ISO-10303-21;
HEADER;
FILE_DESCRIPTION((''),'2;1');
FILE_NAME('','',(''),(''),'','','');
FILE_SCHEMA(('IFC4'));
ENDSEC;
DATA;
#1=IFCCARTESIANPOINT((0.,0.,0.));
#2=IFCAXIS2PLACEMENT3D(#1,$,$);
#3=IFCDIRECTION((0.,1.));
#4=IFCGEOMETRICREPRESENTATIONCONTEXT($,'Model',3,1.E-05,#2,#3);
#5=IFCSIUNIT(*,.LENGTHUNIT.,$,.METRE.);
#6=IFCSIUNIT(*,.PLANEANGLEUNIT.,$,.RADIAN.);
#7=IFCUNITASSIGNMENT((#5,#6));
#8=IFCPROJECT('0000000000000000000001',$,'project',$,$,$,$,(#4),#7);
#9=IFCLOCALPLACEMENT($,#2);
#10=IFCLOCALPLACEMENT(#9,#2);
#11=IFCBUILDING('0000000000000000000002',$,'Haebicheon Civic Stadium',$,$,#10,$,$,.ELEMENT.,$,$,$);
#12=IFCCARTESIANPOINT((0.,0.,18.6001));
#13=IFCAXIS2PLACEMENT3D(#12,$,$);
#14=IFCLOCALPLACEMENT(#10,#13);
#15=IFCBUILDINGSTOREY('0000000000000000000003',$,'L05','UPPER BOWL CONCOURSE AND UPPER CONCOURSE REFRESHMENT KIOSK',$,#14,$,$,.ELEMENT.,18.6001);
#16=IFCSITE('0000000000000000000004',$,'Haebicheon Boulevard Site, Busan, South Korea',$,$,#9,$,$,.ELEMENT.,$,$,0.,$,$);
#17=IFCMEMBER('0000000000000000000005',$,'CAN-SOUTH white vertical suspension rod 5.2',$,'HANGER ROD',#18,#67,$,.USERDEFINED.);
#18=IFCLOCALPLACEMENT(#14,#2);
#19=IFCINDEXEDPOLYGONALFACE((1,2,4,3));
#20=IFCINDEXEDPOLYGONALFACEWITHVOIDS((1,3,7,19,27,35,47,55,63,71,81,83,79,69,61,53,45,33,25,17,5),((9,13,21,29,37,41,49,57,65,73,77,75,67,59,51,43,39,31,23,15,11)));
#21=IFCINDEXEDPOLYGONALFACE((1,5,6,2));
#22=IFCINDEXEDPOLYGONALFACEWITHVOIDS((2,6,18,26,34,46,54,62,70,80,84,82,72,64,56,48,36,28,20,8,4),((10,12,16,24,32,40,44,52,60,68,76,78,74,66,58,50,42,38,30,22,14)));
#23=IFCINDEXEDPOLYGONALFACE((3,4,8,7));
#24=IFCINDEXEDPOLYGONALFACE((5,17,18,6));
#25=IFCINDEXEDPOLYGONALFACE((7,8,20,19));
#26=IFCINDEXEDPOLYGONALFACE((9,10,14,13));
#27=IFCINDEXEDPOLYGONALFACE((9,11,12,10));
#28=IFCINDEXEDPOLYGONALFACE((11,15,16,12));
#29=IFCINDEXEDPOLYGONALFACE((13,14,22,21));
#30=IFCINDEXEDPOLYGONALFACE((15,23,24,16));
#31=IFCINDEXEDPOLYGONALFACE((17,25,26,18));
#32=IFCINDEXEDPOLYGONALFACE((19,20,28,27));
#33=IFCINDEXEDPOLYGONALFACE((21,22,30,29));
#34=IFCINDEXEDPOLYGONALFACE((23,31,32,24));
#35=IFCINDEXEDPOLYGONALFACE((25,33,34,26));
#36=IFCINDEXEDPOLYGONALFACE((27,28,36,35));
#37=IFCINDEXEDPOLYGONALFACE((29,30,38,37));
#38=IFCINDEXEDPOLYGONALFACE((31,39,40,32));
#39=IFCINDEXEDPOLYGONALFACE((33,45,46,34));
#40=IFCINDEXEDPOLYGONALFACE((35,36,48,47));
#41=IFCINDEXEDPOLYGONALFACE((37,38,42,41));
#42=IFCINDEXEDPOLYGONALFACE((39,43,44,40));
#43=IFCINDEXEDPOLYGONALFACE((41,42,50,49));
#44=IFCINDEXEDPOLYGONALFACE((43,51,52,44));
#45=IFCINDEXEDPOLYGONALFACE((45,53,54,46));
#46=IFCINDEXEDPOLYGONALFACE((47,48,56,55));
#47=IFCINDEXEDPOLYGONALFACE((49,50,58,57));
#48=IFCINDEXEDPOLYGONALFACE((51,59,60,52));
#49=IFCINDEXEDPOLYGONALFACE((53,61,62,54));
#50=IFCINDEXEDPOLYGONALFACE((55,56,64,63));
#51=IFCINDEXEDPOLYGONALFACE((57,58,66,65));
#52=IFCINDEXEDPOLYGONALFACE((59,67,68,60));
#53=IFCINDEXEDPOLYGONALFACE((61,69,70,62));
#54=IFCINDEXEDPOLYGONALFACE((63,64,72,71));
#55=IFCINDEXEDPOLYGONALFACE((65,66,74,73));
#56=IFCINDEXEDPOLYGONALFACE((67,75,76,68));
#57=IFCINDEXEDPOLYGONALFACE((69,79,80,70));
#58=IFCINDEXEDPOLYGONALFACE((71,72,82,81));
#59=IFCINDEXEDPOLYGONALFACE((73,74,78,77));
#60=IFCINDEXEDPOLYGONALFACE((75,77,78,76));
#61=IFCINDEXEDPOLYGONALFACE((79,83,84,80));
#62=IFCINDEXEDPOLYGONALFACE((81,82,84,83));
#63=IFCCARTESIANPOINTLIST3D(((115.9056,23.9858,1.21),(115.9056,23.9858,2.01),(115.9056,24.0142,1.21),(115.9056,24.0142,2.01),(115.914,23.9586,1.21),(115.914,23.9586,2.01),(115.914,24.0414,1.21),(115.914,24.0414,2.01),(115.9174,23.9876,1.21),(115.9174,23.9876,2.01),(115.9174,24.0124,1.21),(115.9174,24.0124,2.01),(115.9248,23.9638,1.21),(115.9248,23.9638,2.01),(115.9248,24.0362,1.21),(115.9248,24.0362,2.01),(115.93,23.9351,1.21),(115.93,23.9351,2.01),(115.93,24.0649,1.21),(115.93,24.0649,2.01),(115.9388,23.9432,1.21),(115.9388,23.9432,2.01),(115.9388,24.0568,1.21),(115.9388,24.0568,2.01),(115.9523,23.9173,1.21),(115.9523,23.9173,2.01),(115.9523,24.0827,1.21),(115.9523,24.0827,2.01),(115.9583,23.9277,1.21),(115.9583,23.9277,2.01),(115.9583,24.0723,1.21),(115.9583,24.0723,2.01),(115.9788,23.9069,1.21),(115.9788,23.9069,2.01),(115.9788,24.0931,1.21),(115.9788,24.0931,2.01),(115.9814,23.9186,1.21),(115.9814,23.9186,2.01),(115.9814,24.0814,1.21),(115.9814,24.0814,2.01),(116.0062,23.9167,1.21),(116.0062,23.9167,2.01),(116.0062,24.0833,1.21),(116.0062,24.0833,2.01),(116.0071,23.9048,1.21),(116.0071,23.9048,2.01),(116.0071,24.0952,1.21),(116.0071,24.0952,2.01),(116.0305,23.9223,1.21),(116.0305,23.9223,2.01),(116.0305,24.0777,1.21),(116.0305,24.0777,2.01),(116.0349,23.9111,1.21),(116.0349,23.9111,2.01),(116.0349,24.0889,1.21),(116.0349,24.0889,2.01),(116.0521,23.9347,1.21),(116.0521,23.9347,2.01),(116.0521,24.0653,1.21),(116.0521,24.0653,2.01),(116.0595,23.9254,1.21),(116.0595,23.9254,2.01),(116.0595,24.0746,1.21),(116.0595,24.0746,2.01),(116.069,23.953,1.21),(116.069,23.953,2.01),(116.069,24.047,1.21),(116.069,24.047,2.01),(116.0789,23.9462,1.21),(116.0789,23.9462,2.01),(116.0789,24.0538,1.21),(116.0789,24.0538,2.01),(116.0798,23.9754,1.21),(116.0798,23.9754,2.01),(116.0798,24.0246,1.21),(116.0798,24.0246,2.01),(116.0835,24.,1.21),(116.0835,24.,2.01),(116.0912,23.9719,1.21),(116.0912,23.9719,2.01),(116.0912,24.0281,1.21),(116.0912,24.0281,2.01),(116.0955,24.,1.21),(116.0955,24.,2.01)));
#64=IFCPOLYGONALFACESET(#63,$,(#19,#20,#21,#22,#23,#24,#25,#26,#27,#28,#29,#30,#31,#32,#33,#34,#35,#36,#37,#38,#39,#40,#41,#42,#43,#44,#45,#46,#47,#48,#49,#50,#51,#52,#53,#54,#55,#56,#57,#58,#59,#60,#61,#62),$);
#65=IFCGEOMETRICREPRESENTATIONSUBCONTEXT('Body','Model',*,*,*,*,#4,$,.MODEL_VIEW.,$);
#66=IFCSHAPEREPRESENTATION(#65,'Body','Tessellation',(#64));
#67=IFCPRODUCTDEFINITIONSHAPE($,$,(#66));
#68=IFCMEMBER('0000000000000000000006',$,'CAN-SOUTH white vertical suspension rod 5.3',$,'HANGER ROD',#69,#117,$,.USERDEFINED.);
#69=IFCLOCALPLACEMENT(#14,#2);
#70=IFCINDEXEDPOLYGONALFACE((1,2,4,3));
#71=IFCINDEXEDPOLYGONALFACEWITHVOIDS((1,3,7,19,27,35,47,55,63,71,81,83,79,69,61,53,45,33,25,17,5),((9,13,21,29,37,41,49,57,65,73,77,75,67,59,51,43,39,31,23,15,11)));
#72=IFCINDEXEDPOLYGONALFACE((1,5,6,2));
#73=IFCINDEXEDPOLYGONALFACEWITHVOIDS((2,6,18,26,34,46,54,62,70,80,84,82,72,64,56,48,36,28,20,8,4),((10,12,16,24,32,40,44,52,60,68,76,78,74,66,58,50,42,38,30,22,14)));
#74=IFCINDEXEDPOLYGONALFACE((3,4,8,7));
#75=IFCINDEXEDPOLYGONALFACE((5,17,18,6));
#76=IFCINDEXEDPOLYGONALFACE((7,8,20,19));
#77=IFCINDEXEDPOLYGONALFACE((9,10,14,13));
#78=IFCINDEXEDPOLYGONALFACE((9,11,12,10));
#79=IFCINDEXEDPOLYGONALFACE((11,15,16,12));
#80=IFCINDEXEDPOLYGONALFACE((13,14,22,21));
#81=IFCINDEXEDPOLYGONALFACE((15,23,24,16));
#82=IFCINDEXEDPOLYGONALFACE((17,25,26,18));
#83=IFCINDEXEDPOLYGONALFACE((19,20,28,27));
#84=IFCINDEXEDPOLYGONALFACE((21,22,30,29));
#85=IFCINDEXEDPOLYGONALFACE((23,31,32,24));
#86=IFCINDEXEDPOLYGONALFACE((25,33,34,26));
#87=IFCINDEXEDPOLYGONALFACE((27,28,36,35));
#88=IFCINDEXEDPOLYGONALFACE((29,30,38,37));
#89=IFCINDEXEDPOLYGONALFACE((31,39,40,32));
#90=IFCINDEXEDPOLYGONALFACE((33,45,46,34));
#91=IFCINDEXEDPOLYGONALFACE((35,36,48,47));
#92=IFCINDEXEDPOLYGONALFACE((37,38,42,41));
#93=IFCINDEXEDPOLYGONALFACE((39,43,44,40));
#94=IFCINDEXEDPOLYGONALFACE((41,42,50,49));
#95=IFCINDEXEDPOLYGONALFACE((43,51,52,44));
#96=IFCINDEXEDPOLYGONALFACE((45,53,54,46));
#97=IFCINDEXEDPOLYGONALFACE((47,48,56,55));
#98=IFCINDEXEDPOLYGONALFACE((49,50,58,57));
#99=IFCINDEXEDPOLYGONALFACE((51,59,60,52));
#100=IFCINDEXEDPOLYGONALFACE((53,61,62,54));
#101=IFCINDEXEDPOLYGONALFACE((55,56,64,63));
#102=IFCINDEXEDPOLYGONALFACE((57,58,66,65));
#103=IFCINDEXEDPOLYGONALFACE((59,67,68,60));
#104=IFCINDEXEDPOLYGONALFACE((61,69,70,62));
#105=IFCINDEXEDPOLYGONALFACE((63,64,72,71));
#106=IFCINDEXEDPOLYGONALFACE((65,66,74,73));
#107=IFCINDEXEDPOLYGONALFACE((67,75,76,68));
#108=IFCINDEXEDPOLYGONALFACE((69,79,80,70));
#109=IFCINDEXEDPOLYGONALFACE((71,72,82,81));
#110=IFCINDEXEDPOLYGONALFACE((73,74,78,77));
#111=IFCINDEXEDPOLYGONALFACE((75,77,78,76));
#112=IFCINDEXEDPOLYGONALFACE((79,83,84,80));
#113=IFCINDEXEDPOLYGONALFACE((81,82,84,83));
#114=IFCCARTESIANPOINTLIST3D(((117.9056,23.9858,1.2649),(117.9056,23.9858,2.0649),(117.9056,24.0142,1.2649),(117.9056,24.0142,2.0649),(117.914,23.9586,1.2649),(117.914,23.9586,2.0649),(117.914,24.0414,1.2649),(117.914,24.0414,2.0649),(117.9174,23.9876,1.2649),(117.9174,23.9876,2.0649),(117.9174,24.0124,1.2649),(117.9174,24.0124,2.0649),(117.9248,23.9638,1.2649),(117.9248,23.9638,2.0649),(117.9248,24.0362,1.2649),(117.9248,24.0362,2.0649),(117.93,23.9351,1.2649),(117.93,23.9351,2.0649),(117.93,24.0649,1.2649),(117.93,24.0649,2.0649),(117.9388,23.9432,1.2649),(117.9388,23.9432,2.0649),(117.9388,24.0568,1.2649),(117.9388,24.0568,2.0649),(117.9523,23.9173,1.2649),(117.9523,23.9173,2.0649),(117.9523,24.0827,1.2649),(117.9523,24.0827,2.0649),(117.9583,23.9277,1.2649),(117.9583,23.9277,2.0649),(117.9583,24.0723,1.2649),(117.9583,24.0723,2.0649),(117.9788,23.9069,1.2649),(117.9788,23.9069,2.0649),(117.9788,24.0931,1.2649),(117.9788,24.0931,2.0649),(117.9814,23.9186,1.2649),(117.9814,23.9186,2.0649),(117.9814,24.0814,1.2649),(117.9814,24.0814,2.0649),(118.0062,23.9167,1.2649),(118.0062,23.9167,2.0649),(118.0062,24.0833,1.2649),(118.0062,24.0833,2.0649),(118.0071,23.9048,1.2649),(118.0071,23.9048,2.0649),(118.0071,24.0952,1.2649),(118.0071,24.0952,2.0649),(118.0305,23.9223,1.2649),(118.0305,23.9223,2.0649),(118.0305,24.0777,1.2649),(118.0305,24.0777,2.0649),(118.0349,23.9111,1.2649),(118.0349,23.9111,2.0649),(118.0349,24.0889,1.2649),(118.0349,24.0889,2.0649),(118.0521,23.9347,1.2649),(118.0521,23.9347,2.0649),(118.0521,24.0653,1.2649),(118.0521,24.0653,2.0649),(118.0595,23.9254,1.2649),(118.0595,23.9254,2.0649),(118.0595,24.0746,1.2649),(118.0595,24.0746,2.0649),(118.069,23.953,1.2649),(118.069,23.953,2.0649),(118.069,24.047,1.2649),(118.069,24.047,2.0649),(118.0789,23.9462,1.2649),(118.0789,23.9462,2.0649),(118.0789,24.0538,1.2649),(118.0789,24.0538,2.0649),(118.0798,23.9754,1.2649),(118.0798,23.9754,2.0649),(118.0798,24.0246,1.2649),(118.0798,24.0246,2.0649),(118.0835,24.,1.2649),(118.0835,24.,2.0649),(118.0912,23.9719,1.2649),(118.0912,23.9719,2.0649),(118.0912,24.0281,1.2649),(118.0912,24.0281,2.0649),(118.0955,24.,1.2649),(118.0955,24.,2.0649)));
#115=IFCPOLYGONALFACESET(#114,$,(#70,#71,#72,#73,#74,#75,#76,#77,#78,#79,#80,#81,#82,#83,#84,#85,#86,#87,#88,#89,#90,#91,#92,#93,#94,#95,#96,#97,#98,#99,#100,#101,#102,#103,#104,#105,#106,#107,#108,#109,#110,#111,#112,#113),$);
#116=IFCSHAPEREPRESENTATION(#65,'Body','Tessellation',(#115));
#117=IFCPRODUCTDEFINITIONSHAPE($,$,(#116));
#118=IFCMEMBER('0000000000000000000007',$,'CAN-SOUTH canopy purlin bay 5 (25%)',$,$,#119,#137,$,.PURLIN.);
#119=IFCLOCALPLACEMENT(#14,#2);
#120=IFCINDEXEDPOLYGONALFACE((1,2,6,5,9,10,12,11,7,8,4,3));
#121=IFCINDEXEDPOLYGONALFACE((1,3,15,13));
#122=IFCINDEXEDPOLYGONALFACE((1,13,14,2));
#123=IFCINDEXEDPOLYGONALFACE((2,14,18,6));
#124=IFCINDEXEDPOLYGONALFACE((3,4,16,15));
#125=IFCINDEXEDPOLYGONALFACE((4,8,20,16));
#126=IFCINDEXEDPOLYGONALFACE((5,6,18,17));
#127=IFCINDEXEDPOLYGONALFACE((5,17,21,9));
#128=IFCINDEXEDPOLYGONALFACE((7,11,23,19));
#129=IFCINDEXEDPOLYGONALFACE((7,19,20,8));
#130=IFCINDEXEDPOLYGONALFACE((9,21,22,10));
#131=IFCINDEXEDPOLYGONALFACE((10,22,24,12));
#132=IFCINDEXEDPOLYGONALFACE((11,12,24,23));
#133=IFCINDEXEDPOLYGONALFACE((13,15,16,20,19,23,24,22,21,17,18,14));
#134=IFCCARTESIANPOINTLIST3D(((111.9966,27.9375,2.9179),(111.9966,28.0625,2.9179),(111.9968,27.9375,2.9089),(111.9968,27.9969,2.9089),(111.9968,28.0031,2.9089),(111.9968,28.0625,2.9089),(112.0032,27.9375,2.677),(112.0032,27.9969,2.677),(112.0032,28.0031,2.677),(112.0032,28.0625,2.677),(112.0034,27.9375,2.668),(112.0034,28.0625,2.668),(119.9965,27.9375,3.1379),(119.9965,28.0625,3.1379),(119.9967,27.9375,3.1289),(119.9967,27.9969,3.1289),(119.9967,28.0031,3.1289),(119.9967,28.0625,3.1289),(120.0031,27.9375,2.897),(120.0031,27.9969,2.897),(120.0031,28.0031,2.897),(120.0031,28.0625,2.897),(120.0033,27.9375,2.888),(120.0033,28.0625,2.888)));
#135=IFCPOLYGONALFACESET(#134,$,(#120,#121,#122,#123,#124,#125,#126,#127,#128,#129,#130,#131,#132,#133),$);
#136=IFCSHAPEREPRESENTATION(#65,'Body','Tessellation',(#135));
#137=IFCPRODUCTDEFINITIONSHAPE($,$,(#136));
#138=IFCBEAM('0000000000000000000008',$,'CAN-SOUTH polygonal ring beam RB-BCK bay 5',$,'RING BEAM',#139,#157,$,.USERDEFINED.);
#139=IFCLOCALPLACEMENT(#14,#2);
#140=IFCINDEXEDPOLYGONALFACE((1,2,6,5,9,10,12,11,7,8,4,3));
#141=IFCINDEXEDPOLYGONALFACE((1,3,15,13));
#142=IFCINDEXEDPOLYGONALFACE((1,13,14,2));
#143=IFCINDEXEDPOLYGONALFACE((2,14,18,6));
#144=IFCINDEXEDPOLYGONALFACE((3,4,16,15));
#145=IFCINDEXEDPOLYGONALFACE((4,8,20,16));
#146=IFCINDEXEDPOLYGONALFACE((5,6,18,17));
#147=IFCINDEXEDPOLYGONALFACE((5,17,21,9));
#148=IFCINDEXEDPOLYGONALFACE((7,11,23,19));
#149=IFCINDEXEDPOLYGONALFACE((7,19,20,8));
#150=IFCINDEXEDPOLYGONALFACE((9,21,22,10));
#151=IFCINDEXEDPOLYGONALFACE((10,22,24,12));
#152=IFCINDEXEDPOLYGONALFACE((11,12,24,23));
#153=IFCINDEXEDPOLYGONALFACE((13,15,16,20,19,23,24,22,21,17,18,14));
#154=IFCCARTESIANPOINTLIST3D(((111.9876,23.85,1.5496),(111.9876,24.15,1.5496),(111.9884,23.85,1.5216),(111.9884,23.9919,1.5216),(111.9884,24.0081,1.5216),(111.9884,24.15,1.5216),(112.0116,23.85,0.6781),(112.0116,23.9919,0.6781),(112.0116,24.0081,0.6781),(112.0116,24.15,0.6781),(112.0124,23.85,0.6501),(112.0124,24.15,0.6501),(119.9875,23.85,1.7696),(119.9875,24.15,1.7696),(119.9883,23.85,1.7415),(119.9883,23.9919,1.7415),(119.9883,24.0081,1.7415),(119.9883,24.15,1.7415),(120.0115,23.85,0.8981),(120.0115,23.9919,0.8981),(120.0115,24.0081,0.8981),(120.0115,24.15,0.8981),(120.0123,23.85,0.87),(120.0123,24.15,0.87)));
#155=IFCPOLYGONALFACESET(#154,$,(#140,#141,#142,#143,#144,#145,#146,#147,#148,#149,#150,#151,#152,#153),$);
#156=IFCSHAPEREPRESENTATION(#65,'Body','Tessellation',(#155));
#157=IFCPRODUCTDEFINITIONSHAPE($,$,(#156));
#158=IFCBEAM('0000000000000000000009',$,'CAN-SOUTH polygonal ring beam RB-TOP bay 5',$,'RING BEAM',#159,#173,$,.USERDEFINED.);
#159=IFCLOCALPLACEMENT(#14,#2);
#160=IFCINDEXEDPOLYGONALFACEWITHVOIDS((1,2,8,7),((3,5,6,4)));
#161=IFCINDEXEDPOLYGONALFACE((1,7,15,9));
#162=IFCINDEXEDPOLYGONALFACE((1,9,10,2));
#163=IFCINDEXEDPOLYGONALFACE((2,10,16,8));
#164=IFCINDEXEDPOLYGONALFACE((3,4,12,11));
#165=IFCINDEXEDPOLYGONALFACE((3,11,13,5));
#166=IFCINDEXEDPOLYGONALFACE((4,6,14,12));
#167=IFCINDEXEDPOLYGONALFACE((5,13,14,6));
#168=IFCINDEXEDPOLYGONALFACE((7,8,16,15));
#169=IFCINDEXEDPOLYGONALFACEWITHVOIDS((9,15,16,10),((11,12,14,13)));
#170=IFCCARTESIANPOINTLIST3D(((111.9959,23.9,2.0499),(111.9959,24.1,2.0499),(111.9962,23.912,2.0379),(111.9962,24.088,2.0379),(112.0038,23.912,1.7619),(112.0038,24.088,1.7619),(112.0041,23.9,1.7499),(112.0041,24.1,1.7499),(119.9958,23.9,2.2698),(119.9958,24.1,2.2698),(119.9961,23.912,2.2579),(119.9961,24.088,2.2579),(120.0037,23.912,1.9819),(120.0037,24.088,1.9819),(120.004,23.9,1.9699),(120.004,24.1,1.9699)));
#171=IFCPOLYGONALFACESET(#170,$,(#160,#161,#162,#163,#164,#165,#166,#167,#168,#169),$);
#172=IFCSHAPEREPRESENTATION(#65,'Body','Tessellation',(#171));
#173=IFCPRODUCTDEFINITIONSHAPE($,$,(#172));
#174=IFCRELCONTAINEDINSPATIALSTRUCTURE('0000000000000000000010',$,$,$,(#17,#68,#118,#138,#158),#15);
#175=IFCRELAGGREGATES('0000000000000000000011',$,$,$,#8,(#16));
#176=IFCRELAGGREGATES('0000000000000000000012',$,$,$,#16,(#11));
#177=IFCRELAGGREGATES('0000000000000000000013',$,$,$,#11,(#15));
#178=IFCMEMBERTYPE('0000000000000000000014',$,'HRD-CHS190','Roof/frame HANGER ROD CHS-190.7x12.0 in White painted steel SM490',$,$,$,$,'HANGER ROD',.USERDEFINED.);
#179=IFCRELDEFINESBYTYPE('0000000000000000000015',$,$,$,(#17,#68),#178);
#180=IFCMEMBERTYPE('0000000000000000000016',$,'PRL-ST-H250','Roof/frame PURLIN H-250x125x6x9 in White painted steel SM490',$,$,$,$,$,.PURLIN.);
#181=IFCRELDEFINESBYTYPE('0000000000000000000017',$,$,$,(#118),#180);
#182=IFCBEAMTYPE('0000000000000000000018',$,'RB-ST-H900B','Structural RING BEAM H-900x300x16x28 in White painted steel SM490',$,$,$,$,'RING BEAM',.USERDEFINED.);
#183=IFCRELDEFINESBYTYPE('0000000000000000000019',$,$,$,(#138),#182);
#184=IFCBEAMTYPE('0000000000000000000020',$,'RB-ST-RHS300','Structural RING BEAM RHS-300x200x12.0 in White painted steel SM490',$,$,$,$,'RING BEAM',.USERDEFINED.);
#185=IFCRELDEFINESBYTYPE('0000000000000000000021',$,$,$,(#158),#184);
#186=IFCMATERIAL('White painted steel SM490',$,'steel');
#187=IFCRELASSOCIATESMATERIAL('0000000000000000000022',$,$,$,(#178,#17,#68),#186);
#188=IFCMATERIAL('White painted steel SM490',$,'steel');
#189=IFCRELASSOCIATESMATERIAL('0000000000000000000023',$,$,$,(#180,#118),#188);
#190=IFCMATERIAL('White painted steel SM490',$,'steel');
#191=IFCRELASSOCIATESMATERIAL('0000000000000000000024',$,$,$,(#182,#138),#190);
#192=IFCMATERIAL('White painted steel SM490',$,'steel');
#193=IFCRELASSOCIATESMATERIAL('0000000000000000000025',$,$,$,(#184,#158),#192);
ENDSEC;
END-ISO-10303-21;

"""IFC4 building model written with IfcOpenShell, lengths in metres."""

from ifc_helpers import new_model, si_unit, direction, frame, origin, origin_2d, place, context, subcontext, project, spatial, hollow_rectangle, hollow_circle, i_section, extrude, material, material_profile, profile_set, type_object, element, save


model = new_model("IFC4")

# Units and contexts
model_context = context("Model", 3, precision=1e-05, world=origin(), true_north=direction((0.0, 1.0)))
body_context = subcontext(model_context, "Body", "Model", "MODEL_VIEW")
ifc_project = project(units=[si_unit("LENGTHUNIT", "METRE"), si_unit("PLANEANGLEUNIT", "RADIAN")], contexts=[model_context])

# Site, building, storey
site_placement = place(None, origin())
site = spatial("IfcSite", under=ifc_project, at=site_placement, Name="Haebicheon Boulevard Site, Busan, South Korea", CompositionType="ELEMENT", RefElevation=0.0)
building_placement = place(site_placement, origin())
building = spatial("IfcBuilding", under=site, at=building_placement, Name="Haebicheon Civic Stadium", CompositionType="ELEMENT")
storey_placement = place(building_placement, frame((0.0, 0.0, 18.6001)))
storey = spatial("IfcBuildingStorey", under=building, at=storey_placement, Name="L05", Description="UPPER BOWL CONCOURSE AND UPPER CONCOURSE REFRESHMENT KIOSK", CompositionType="ELEMENT", Elevation=18.6001)

# Members
ifc_material_1 = material(Name="White painted steel SM490", Category="steel")
ifc_material_profile_1 = material_profile(ifc_material_1, hollow_circle(Radius=0.0955, WallThickness=0.012, at=origin_2d()), Name="CHS-190.7x12.0")
ifc_profile_set_1 = profile_set([ifc_material_profile_1], Name="White painted steel SM490")
member_type_1 = type_object("IfcMemberType", Name="HRD-CHS190", Description="Roof/frame HANGER ROD CHS-190.7x12.0 in White painted steel SM490", ElementType="HANGER ROD", PredefinedType="USERDEFINED", material=ifc_profile_set_1)
for number, where, z_axis, x_axis, name in (
    (1, (116.0, 24.0, 1.21), (0.0, 0.0, 1.0), (1.0, 0.0, 0.0), "CAN-SOUTH white vertical suspension rod 5.2"),
    (2, (118.0, 24.0, 1.2649), (0.0, 0.0, 1.0), (1.0, 0.0, 0.0), "CAN-SOUTH white vertical suspension rod 5.3"),
):
    element("IfcMember", number, at=place(storey_placement, frame(where, z_axis=z_axis, x_axis=x_axis)), inside=storey, type_object=member_type_1, material=ifc_profile_set_1, Name=name, ObjectType="HANGER ROD", PredefinedType="USERDEFINED", context=body_context, shape_type="SweptSolid", body=[
        extrude(hollow_circle(Radius=0.0955, WallThickness=0.012, at=origin_2d()), origin(), (0.0, 0.0, 1.0), 0.8),
    ])
ifc_material_2 = material(Name="White painted steel SM490", Category="steel")
ifc_material_profile_2 = material_profile(ifc_material_2, i_section(OverallWidth=0.125, OverallDepth=0.25, WebThickness=0.0061, FlangeThickness=0.009, at=origin_2d()), Name="H-250x125x6x9")
ifc_profile_set_2 = profile_set([ifc_material_profile_2], Name="White painted steel SM490")
member_type_2 = type_object("IfcMemberType", Name="PRL-ST-H250", Description="Roof/frame PURLIN H-250x125x6x9 in White painted steel SM490", PredefinedType="PURLIN", material=ifc_profile_set_2)
member_1_placement = place(storey_placement, frame((112.0, 28.0, 2.793), z_axis=(0.999622, 0.0, 0.027486), x_axis=(0.0, 1.0, 0.0)))
element("IfcMember", 3, at=member_1_placement, inside=storey, type_object=member_type_2, material=ifc_profile_set_2, Name="CAN-SOUTH canopy purlin bay 5 (25%)", PredefinedType="PURLIN", context=body_context, shape_type="SweptSolid", body=[
    extrude(i_section(OverallWidth=0.125, OverallDepth=0.25, WebThickness=0.0061, FlangeThickness=0.009, at=origin_2d()), origin(), (0.0, 0.0, 1.0), 8.0029),
])

# Beams
ifc_material_3 = material(Name="White painted steel SM490", Category="steel")
ifc_material_profile_3 = material_profile(ifc_material_3, i_section(OverallWidth=0.3, OverallDepth=0.8999, WebThickness=0.0161, FlangeThickness=0.0281, at=origin_2d()), Name="H-900x300x16x28")
ifc_profile_set_3 = profile_set([ifc_material_profile_3], Name="White painted steel SM490")
beam_type_1 = type_object("IfcBeamType", Name="RB-ST-H900B", Description="Structural RING BEAM H-900x300x16x28 in White painted steel SM490", ElementType="RING BEAM", PredefinedType="USERDEFINED", material=ifc_profile_set_3)
beam_1_placement = place(storey_placement, frame((112.0, 24.0, 1.0999), z_axis=(0.999622, 0.0, 0.027486), x_axis=(0.0, 1.0, 0.0)))
element("IfcBeam", 4, at=beam_1_placement, inside=storey, type_object=beam_type_1, material=ifc_profile_set_3, Name="CAN-SOUTH polygonal ring beam RB-BCK bay 5", ObjectType="RING BEAM", PredefinedType="USERDEFINED", context=body_context, shape_type="SweptSolid", body=[
    extrude(i_section(OverallWidth=0.3, OverallDepth=0.8999, WebThickness=0.0161, FlangeThickness=0.0281, at=origin_2d()), origin(), (0.0, 0.0, 1.0), 8.0029),
])
ifc_material_4 = material(Name="White painted steel SM490", Category="steel")
ifc_material_profile_4 = material_profile(ifc_material_4, hollow_rectangle(XDim=0.2, YDim=0.3, WallThickness=0.012, at=origin_2d()), Name="RHS-300x200x12.0")
ifc_profile_set_4 = profile_set([ifc_material_profile_4], Name="White painted steel SM490")
beam_type_2 = type_object("IfcBeamType", Name="RB-ST-RHS300", Description="Structural RING BEAM RHS-300x200x12.0 in White painted steel SM490", ElementType="RING BEAM", PredefinedType="USERDEFINED", material=ifc_profile_set_4)
beam_2_placement = place(storey_placement, frame((112.0, 24.0, 1.8999), z_axis=(0.999622, 0.0, 0.027486), x_axis=(0.0, 1.0, 0.0)))
element("IfcBeam", 5, at=beam_2_placement, inside=storey, type_object=beam_type_2, material=ifc_profile_set_4, Name="CAN-SOUTH polygonal ring beam RB-TOP bay 5", ObjectType="RING BEAM", PredefinedType="USERDEFINED", context=body_context, shape_type="SweptSolid", body=[
    extrude(hollow_rectangle(XDim=0.2, YDim=0.3, WallThickness=0.012, at=origin_2d()), origin(), (0.0, 0.0, 1.0), 8.0029),
])

save(model, "model.ifc")
